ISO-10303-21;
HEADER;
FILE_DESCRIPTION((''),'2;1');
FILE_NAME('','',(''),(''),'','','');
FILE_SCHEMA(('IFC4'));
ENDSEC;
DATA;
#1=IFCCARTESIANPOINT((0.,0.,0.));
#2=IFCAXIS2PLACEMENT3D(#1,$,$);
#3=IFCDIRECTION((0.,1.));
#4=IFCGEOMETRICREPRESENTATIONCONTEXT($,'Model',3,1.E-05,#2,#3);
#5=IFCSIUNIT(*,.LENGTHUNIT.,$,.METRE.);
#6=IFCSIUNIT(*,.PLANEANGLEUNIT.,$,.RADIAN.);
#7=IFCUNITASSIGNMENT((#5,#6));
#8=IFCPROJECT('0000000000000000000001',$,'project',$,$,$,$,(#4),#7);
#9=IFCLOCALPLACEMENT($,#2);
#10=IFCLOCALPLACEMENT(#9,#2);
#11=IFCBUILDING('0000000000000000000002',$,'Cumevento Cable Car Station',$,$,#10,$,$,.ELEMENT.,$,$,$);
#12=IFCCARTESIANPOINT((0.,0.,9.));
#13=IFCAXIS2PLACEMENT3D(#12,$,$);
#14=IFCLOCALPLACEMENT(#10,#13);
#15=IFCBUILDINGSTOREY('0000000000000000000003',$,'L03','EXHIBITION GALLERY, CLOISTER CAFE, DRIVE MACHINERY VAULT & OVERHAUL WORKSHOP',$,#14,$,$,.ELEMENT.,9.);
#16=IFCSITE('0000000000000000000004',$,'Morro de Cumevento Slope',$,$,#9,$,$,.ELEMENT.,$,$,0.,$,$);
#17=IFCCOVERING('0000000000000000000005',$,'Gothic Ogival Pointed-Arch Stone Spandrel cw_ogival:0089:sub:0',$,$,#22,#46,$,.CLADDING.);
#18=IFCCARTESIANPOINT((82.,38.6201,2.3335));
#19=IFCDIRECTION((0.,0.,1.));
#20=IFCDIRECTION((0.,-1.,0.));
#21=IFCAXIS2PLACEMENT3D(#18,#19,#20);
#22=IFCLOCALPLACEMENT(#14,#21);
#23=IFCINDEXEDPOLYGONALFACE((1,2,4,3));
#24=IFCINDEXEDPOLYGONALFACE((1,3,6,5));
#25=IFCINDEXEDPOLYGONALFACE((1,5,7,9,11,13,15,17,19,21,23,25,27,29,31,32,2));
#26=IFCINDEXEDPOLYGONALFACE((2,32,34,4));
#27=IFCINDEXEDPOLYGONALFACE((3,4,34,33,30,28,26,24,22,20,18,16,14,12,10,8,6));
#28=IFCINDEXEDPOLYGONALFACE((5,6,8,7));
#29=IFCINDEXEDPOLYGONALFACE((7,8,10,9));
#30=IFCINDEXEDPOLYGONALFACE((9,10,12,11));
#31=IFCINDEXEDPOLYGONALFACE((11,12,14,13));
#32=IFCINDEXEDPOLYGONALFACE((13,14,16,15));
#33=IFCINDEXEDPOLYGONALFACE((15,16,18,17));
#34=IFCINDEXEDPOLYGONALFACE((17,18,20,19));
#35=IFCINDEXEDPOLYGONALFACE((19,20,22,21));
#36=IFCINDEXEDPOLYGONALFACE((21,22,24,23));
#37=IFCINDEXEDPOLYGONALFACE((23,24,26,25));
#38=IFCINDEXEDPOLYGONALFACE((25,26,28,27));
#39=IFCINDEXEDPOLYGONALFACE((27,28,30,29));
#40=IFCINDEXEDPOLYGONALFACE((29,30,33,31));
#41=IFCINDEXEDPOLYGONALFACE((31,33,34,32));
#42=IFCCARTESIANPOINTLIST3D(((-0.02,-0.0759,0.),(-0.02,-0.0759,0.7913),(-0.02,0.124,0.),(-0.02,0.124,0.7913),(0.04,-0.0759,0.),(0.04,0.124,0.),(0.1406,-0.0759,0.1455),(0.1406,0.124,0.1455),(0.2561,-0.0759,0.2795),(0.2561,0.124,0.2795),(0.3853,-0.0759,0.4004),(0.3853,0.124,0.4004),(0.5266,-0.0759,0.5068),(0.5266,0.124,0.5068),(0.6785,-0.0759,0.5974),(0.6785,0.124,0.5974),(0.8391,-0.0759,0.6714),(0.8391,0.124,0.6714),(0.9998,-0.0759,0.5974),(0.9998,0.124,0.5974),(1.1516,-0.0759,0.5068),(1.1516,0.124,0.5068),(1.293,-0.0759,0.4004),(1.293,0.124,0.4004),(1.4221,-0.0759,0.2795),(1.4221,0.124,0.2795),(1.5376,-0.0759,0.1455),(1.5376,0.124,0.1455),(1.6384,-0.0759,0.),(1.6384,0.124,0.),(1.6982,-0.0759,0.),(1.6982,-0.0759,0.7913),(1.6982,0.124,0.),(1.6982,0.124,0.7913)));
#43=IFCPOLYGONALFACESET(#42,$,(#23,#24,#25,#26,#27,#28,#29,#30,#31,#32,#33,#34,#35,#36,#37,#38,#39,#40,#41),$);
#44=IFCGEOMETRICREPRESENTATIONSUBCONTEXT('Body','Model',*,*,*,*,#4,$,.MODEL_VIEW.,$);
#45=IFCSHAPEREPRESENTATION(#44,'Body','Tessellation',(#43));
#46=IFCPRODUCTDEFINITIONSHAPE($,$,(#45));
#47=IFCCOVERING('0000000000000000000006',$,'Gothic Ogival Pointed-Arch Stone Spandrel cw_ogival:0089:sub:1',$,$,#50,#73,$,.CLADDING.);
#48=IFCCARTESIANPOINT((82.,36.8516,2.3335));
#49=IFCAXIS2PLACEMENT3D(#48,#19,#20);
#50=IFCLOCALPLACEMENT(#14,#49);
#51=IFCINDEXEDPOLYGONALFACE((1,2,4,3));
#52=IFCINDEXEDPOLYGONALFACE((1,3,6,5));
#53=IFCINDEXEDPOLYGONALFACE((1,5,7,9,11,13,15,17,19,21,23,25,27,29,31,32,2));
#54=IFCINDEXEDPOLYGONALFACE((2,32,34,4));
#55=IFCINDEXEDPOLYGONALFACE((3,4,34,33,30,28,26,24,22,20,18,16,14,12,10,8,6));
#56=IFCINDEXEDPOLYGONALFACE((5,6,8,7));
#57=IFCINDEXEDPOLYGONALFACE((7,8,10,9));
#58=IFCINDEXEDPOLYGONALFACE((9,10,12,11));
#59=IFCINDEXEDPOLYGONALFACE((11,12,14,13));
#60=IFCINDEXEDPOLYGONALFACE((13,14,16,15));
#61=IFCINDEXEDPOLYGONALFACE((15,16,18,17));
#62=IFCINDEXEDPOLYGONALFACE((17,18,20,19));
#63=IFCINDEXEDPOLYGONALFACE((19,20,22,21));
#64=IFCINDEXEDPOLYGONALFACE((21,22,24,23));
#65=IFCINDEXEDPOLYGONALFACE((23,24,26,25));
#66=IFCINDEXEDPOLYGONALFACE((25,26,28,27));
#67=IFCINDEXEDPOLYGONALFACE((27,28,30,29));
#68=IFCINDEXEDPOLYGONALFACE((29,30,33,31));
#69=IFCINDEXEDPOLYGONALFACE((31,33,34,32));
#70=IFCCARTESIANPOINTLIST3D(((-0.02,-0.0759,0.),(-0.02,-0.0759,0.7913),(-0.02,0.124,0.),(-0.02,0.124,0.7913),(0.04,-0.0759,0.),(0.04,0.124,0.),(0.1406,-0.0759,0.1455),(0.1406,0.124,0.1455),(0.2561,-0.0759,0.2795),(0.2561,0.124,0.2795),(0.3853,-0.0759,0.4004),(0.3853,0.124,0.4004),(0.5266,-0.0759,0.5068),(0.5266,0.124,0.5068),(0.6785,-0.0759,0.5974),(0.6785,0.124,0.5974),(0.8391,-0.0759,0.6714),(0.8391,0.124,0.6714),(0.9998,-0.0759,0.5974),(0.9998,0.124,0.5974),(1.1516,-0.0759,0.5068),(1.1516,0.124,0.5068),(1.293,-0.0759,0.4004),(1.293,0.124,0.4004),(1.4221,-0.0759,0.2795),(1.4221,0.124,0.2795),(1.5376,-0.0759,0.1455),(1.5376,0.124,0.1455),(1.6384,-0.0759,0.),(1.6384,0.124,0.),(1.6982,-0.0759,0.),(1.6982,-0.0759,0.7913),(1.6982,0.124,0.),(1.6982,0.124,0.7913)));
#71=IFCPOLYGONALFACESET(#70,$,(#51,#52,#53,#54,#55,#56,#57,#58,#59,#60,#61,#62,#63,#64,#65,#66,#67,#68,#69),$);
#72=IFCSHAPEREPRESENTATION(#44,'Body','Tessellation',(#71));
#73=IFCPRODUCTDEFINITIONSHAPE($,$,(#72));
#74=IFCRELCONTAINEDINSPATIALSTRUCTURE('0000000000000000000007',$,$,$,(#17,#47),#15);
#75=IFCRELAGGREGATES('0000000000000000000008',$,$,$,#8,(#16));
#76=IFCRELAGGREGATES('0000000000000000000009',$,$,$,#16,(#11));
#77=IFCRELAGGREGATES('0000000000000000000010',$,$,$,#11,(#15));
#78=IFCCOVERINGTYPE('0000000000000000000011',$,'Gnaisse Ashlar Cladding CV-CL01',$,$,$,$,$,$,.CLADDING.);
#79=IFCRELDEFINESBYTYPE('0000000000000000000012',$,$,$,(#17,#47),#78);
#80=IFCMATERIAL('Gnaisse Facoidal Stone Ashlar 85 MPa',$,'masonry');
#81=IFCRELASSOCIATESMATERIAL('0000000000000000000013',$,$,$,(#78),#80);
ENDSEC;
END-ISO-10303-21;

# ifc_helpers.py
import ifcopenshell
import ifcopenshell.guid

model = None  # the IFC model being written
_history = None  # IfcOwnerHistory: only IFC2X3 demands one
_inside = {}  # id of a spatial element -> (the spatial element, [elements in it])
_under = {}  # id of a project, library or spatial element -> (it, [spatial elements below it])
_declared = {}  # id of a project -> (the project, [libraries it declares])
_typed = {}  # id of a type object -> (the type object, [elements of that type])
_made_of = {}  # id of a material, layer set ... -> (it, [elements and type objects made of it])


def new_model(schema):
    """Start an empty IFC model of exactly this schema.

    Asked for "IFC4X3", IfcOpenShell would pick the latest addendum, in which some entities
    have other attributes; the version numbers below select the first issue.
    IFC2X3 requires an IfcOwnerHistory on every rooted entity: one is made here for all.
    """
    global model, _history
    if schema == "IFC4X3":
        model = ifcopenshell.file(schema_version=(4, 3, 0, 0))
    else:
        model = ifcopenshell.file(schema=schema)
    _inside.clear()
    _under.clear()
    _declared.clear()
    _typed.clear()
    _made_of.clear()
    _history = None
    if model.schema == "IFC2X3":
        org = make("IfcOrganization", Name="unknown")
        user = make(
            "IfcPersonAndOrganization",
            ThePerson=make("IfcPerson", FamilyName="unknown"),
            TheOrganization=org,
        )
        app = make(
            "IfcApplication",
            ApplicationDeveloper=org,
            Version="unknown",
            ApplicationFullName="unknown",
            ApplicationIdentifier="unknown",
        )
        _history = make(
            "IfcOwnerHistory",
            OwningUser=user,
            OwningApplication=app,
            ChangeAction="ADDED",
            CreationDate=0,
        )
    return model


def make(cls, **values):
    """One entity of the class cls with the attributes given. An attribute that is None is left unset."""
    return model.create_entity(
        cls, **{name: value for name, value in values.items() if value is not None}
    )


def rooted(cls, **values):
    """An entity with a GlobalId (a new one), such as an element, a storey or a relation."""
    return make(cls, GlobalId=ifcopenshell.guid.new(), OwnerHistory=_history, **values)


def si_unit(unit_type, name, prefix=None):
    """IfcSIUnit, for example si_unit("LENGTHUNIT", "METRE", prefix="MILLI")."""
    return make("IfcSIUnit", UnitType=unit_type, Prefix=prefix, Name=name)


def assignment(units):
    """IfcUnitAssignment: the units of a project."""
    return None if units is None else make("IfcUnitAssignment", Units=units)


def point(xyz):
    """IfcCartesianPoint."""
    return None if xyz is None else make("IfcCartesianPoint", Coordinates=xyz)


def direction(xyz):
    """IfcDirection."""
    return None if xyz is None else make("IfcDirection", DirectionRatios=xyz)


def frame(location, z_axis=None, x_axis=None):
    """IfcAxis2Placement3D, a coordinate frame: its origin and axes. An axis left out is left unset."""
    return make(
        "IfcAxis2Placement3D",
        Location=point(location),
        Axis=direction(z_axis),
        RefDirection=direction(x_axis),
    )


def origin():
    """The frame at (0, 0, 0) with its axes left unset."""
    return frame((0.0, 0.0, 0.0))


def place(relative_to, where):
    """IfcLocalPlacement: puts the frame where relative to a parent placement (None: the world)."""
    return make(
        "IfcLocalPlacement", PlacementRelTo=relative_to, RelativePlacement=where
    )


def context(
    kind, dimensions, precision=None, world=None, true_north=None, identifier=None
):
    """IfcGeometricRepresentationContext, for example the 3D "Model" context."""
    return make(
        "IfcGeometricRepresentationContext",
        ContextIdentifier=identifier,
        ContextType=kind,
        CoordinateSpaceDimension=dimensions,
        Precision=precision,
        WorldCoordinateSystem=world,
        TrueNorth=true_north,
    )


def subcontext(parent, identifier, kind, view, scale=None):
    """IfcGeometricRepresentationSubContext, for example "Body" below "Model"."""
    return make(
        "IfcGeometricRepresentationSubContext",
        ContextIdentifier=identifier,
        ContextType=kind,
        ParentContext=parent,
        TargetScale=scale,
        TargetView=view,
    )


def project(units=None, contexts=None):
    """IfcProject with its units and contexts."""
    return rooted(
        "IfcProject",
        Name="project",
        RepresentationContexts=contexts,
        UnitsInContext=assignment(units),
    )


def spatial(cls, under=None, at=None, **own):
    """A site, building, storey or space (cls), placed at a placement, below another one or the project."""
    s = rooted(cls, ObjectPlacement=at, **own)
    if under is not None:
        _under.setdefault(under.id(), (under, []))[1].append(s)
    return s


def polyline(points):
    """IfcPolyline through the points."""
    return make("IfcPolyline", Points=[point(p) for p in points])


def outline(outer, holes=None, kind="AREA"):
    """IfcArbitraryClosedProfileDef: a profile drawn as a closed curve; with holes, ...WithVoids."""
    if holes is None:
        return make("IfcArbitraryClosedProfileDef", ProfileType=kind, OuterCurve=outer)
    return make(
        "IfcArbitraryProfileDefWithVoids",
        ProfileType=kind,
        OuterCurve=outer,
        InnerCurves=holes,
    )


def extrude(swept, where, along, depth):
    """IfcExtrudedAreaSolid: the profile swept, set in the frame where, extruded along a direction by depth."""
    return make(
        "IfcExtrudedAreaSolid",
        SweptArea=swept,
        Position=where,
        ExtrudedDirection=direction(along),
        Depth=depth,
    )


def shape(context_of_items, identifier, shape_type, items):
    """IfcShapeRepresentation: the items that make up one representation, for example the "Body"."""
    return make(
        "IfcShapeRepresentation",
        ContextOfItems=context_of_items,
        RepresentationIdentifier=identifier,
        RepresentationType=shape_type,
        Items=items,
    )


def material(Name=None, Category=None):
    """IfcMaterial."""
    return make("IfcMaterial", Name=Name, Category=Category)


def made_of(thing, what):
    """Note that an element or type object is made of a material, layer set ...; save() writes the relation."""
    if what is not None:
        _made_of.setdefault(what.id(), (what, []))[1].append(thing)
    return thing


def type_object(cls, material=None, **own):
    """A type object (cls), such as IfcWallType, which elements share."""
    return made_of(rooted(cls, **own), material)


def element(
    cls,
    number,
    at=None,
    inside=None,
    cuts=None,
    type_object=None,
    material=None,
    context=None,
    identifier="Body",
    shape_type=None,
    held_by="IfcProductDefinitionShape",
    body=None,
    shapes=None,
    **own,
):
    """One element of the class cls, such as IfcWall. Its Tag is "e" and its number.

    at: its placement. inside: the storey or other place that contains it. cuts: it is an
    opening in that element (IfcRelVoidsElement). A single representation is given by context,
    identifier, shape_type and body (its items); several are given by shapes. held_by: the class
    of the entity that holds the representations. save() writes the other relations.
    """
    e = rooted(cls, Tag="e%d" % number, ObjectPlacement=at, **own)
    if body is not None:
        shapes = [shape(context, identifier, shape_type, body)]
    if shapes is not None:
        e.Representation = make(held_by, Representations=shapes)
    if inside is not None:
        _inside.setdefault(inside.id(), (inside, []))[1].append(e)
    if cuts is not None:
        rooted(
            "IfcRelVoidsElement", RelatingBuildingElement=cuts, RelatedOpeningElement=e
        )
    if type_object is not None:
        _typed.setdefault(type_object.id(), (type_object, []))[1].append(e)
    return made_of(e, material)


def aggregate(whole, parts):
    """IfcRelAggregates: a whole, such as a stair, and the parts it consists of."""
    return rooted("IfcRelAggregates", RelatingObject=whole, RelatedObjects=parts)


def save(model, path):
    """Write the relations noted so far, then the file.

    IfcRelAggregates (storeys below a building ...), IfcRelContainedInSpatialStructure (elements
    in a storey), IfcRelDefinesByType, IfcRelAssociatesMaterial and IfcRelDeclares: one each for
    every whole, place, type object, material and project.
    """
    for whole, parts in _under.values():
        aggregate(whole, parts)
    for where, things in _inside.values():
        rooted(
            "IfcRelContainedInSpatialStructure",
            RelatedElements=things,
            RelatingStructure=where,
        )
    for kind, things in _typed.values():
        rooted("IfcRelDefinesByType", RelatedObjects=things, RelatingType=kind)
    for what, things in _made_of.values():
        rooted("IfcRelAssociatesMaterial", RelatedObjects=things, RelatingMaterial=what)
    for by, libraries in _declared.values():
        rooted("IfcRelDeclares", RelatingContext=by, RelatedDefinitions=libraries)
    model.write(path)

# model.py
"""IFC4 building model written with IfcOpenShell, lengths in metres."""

from ifc_helpers import new_model, si_unit, direction, frame, origin, place, context, subcontext, project, spatial, polyline, outline, extrude, material, type_object, element, save


model = new_model("IFC4")

# Units and contexts
model_context = context("Model", 3, precision=1e-05, world=origin(), true_north=direction((0.0, 1.0)))
body_context = subcontext(model_context, "Body", "Model", "MODEL_VIEW")
ifc_project = project(units=[si_unit("LENGTHUNIT", "METRE"), si_unit("PLANEANGLEUNIT", "RADIAN")], contexts=[model_context])

# Site, building, storey
site_placement = place(None, origin())
site = spatial("IfcSite", under=ifc_project, at=site_placement, Name="Morro de Cumevento Slope", CompositionType="ELEMENT", RefElevation=0.0)
building_placement = place(site_placement, origin())
building = spatial("IfcBuilding", under=site, at=building_placement, Name="Cumevento Cable Car Station", CompositionType="ELEMENT")
storey_placement = place(building_placement, frame((0.0, 0.0, 9.0)))
storey = spatial("IfcBuildingStorey", under=building, at=storey_placement, Name="L03", Description="EXHIBITION GALLERY, CLOISTER CAFE, DRIVE MACHINERY VAULT & OVERHAUL WORKSHOP", CompositionType="ELEMENT", Elevation=9.0)

# Coverings
ifc_material_1 = material(Name="Gnaisse Facoidal Stone Ashlar 85 MPa", Category="masonry")
covering_type = type_object("IfcCoveringType", Name="Gnaisse Ashlar Cladding CV-CL01", PredefinedType="CLADDING", material=ifc_material_1)
for number, where, z_axis, x_axis, name in (
    (1, (82.0, 38.6201, 2.3335), (0.0, 0.0, 1.0), (0.0, -1.0, 0.0), "Gothic Ogival Pointed-Arch Stone Spandrel cw_ogival:0089:sub:0"),
    (2, (82.0, 36.8516, 2.3335), (0.0, 0.0, 1.0), (0.0, -1.0, 0.0), "Gothic Ogival Pointed-Arch Stone Spandrel cw_ogival:0089:sub:1"),
):
    element("IfcCovering", number, at=place(storey_placement, frame(where, z_axis=z_axis, x_axis=x_axis)), inside=storey, type_object=covering_type, Name=name, PredefinedType="CLADDING", context=body_context, shape_type="SweptSolid", body=[
        extrude(outline(polyline([(-0.02, 0.0), (-0.02, 0.7913), (1.6982, 0.7913), (1.6982, 0.0), (1.6384, 0.0), (1.5376, 0.1455), (1.4221, 0.2795), (1.293, 0.4004), (1.1516, 0.5068), (0.9998, 0.5974), (0.8391, 0.6714), (0.6785, 0.5974), (0.5266, 0.5068), (0.3853, 0.4004), (0.2561, 0.2795), (0.1406, 0.1455), (0.04, 0.0), (-0.02, 0.0)])), frame((0.0, 0.124, 0.0), z_axis=(0.0, -1.0, 0.0), x_axis=(1.0, 0.0, 0.0)), (0.0, 0.0, 1.0), 0.2),
    ])

save(model, "model.ifc")
